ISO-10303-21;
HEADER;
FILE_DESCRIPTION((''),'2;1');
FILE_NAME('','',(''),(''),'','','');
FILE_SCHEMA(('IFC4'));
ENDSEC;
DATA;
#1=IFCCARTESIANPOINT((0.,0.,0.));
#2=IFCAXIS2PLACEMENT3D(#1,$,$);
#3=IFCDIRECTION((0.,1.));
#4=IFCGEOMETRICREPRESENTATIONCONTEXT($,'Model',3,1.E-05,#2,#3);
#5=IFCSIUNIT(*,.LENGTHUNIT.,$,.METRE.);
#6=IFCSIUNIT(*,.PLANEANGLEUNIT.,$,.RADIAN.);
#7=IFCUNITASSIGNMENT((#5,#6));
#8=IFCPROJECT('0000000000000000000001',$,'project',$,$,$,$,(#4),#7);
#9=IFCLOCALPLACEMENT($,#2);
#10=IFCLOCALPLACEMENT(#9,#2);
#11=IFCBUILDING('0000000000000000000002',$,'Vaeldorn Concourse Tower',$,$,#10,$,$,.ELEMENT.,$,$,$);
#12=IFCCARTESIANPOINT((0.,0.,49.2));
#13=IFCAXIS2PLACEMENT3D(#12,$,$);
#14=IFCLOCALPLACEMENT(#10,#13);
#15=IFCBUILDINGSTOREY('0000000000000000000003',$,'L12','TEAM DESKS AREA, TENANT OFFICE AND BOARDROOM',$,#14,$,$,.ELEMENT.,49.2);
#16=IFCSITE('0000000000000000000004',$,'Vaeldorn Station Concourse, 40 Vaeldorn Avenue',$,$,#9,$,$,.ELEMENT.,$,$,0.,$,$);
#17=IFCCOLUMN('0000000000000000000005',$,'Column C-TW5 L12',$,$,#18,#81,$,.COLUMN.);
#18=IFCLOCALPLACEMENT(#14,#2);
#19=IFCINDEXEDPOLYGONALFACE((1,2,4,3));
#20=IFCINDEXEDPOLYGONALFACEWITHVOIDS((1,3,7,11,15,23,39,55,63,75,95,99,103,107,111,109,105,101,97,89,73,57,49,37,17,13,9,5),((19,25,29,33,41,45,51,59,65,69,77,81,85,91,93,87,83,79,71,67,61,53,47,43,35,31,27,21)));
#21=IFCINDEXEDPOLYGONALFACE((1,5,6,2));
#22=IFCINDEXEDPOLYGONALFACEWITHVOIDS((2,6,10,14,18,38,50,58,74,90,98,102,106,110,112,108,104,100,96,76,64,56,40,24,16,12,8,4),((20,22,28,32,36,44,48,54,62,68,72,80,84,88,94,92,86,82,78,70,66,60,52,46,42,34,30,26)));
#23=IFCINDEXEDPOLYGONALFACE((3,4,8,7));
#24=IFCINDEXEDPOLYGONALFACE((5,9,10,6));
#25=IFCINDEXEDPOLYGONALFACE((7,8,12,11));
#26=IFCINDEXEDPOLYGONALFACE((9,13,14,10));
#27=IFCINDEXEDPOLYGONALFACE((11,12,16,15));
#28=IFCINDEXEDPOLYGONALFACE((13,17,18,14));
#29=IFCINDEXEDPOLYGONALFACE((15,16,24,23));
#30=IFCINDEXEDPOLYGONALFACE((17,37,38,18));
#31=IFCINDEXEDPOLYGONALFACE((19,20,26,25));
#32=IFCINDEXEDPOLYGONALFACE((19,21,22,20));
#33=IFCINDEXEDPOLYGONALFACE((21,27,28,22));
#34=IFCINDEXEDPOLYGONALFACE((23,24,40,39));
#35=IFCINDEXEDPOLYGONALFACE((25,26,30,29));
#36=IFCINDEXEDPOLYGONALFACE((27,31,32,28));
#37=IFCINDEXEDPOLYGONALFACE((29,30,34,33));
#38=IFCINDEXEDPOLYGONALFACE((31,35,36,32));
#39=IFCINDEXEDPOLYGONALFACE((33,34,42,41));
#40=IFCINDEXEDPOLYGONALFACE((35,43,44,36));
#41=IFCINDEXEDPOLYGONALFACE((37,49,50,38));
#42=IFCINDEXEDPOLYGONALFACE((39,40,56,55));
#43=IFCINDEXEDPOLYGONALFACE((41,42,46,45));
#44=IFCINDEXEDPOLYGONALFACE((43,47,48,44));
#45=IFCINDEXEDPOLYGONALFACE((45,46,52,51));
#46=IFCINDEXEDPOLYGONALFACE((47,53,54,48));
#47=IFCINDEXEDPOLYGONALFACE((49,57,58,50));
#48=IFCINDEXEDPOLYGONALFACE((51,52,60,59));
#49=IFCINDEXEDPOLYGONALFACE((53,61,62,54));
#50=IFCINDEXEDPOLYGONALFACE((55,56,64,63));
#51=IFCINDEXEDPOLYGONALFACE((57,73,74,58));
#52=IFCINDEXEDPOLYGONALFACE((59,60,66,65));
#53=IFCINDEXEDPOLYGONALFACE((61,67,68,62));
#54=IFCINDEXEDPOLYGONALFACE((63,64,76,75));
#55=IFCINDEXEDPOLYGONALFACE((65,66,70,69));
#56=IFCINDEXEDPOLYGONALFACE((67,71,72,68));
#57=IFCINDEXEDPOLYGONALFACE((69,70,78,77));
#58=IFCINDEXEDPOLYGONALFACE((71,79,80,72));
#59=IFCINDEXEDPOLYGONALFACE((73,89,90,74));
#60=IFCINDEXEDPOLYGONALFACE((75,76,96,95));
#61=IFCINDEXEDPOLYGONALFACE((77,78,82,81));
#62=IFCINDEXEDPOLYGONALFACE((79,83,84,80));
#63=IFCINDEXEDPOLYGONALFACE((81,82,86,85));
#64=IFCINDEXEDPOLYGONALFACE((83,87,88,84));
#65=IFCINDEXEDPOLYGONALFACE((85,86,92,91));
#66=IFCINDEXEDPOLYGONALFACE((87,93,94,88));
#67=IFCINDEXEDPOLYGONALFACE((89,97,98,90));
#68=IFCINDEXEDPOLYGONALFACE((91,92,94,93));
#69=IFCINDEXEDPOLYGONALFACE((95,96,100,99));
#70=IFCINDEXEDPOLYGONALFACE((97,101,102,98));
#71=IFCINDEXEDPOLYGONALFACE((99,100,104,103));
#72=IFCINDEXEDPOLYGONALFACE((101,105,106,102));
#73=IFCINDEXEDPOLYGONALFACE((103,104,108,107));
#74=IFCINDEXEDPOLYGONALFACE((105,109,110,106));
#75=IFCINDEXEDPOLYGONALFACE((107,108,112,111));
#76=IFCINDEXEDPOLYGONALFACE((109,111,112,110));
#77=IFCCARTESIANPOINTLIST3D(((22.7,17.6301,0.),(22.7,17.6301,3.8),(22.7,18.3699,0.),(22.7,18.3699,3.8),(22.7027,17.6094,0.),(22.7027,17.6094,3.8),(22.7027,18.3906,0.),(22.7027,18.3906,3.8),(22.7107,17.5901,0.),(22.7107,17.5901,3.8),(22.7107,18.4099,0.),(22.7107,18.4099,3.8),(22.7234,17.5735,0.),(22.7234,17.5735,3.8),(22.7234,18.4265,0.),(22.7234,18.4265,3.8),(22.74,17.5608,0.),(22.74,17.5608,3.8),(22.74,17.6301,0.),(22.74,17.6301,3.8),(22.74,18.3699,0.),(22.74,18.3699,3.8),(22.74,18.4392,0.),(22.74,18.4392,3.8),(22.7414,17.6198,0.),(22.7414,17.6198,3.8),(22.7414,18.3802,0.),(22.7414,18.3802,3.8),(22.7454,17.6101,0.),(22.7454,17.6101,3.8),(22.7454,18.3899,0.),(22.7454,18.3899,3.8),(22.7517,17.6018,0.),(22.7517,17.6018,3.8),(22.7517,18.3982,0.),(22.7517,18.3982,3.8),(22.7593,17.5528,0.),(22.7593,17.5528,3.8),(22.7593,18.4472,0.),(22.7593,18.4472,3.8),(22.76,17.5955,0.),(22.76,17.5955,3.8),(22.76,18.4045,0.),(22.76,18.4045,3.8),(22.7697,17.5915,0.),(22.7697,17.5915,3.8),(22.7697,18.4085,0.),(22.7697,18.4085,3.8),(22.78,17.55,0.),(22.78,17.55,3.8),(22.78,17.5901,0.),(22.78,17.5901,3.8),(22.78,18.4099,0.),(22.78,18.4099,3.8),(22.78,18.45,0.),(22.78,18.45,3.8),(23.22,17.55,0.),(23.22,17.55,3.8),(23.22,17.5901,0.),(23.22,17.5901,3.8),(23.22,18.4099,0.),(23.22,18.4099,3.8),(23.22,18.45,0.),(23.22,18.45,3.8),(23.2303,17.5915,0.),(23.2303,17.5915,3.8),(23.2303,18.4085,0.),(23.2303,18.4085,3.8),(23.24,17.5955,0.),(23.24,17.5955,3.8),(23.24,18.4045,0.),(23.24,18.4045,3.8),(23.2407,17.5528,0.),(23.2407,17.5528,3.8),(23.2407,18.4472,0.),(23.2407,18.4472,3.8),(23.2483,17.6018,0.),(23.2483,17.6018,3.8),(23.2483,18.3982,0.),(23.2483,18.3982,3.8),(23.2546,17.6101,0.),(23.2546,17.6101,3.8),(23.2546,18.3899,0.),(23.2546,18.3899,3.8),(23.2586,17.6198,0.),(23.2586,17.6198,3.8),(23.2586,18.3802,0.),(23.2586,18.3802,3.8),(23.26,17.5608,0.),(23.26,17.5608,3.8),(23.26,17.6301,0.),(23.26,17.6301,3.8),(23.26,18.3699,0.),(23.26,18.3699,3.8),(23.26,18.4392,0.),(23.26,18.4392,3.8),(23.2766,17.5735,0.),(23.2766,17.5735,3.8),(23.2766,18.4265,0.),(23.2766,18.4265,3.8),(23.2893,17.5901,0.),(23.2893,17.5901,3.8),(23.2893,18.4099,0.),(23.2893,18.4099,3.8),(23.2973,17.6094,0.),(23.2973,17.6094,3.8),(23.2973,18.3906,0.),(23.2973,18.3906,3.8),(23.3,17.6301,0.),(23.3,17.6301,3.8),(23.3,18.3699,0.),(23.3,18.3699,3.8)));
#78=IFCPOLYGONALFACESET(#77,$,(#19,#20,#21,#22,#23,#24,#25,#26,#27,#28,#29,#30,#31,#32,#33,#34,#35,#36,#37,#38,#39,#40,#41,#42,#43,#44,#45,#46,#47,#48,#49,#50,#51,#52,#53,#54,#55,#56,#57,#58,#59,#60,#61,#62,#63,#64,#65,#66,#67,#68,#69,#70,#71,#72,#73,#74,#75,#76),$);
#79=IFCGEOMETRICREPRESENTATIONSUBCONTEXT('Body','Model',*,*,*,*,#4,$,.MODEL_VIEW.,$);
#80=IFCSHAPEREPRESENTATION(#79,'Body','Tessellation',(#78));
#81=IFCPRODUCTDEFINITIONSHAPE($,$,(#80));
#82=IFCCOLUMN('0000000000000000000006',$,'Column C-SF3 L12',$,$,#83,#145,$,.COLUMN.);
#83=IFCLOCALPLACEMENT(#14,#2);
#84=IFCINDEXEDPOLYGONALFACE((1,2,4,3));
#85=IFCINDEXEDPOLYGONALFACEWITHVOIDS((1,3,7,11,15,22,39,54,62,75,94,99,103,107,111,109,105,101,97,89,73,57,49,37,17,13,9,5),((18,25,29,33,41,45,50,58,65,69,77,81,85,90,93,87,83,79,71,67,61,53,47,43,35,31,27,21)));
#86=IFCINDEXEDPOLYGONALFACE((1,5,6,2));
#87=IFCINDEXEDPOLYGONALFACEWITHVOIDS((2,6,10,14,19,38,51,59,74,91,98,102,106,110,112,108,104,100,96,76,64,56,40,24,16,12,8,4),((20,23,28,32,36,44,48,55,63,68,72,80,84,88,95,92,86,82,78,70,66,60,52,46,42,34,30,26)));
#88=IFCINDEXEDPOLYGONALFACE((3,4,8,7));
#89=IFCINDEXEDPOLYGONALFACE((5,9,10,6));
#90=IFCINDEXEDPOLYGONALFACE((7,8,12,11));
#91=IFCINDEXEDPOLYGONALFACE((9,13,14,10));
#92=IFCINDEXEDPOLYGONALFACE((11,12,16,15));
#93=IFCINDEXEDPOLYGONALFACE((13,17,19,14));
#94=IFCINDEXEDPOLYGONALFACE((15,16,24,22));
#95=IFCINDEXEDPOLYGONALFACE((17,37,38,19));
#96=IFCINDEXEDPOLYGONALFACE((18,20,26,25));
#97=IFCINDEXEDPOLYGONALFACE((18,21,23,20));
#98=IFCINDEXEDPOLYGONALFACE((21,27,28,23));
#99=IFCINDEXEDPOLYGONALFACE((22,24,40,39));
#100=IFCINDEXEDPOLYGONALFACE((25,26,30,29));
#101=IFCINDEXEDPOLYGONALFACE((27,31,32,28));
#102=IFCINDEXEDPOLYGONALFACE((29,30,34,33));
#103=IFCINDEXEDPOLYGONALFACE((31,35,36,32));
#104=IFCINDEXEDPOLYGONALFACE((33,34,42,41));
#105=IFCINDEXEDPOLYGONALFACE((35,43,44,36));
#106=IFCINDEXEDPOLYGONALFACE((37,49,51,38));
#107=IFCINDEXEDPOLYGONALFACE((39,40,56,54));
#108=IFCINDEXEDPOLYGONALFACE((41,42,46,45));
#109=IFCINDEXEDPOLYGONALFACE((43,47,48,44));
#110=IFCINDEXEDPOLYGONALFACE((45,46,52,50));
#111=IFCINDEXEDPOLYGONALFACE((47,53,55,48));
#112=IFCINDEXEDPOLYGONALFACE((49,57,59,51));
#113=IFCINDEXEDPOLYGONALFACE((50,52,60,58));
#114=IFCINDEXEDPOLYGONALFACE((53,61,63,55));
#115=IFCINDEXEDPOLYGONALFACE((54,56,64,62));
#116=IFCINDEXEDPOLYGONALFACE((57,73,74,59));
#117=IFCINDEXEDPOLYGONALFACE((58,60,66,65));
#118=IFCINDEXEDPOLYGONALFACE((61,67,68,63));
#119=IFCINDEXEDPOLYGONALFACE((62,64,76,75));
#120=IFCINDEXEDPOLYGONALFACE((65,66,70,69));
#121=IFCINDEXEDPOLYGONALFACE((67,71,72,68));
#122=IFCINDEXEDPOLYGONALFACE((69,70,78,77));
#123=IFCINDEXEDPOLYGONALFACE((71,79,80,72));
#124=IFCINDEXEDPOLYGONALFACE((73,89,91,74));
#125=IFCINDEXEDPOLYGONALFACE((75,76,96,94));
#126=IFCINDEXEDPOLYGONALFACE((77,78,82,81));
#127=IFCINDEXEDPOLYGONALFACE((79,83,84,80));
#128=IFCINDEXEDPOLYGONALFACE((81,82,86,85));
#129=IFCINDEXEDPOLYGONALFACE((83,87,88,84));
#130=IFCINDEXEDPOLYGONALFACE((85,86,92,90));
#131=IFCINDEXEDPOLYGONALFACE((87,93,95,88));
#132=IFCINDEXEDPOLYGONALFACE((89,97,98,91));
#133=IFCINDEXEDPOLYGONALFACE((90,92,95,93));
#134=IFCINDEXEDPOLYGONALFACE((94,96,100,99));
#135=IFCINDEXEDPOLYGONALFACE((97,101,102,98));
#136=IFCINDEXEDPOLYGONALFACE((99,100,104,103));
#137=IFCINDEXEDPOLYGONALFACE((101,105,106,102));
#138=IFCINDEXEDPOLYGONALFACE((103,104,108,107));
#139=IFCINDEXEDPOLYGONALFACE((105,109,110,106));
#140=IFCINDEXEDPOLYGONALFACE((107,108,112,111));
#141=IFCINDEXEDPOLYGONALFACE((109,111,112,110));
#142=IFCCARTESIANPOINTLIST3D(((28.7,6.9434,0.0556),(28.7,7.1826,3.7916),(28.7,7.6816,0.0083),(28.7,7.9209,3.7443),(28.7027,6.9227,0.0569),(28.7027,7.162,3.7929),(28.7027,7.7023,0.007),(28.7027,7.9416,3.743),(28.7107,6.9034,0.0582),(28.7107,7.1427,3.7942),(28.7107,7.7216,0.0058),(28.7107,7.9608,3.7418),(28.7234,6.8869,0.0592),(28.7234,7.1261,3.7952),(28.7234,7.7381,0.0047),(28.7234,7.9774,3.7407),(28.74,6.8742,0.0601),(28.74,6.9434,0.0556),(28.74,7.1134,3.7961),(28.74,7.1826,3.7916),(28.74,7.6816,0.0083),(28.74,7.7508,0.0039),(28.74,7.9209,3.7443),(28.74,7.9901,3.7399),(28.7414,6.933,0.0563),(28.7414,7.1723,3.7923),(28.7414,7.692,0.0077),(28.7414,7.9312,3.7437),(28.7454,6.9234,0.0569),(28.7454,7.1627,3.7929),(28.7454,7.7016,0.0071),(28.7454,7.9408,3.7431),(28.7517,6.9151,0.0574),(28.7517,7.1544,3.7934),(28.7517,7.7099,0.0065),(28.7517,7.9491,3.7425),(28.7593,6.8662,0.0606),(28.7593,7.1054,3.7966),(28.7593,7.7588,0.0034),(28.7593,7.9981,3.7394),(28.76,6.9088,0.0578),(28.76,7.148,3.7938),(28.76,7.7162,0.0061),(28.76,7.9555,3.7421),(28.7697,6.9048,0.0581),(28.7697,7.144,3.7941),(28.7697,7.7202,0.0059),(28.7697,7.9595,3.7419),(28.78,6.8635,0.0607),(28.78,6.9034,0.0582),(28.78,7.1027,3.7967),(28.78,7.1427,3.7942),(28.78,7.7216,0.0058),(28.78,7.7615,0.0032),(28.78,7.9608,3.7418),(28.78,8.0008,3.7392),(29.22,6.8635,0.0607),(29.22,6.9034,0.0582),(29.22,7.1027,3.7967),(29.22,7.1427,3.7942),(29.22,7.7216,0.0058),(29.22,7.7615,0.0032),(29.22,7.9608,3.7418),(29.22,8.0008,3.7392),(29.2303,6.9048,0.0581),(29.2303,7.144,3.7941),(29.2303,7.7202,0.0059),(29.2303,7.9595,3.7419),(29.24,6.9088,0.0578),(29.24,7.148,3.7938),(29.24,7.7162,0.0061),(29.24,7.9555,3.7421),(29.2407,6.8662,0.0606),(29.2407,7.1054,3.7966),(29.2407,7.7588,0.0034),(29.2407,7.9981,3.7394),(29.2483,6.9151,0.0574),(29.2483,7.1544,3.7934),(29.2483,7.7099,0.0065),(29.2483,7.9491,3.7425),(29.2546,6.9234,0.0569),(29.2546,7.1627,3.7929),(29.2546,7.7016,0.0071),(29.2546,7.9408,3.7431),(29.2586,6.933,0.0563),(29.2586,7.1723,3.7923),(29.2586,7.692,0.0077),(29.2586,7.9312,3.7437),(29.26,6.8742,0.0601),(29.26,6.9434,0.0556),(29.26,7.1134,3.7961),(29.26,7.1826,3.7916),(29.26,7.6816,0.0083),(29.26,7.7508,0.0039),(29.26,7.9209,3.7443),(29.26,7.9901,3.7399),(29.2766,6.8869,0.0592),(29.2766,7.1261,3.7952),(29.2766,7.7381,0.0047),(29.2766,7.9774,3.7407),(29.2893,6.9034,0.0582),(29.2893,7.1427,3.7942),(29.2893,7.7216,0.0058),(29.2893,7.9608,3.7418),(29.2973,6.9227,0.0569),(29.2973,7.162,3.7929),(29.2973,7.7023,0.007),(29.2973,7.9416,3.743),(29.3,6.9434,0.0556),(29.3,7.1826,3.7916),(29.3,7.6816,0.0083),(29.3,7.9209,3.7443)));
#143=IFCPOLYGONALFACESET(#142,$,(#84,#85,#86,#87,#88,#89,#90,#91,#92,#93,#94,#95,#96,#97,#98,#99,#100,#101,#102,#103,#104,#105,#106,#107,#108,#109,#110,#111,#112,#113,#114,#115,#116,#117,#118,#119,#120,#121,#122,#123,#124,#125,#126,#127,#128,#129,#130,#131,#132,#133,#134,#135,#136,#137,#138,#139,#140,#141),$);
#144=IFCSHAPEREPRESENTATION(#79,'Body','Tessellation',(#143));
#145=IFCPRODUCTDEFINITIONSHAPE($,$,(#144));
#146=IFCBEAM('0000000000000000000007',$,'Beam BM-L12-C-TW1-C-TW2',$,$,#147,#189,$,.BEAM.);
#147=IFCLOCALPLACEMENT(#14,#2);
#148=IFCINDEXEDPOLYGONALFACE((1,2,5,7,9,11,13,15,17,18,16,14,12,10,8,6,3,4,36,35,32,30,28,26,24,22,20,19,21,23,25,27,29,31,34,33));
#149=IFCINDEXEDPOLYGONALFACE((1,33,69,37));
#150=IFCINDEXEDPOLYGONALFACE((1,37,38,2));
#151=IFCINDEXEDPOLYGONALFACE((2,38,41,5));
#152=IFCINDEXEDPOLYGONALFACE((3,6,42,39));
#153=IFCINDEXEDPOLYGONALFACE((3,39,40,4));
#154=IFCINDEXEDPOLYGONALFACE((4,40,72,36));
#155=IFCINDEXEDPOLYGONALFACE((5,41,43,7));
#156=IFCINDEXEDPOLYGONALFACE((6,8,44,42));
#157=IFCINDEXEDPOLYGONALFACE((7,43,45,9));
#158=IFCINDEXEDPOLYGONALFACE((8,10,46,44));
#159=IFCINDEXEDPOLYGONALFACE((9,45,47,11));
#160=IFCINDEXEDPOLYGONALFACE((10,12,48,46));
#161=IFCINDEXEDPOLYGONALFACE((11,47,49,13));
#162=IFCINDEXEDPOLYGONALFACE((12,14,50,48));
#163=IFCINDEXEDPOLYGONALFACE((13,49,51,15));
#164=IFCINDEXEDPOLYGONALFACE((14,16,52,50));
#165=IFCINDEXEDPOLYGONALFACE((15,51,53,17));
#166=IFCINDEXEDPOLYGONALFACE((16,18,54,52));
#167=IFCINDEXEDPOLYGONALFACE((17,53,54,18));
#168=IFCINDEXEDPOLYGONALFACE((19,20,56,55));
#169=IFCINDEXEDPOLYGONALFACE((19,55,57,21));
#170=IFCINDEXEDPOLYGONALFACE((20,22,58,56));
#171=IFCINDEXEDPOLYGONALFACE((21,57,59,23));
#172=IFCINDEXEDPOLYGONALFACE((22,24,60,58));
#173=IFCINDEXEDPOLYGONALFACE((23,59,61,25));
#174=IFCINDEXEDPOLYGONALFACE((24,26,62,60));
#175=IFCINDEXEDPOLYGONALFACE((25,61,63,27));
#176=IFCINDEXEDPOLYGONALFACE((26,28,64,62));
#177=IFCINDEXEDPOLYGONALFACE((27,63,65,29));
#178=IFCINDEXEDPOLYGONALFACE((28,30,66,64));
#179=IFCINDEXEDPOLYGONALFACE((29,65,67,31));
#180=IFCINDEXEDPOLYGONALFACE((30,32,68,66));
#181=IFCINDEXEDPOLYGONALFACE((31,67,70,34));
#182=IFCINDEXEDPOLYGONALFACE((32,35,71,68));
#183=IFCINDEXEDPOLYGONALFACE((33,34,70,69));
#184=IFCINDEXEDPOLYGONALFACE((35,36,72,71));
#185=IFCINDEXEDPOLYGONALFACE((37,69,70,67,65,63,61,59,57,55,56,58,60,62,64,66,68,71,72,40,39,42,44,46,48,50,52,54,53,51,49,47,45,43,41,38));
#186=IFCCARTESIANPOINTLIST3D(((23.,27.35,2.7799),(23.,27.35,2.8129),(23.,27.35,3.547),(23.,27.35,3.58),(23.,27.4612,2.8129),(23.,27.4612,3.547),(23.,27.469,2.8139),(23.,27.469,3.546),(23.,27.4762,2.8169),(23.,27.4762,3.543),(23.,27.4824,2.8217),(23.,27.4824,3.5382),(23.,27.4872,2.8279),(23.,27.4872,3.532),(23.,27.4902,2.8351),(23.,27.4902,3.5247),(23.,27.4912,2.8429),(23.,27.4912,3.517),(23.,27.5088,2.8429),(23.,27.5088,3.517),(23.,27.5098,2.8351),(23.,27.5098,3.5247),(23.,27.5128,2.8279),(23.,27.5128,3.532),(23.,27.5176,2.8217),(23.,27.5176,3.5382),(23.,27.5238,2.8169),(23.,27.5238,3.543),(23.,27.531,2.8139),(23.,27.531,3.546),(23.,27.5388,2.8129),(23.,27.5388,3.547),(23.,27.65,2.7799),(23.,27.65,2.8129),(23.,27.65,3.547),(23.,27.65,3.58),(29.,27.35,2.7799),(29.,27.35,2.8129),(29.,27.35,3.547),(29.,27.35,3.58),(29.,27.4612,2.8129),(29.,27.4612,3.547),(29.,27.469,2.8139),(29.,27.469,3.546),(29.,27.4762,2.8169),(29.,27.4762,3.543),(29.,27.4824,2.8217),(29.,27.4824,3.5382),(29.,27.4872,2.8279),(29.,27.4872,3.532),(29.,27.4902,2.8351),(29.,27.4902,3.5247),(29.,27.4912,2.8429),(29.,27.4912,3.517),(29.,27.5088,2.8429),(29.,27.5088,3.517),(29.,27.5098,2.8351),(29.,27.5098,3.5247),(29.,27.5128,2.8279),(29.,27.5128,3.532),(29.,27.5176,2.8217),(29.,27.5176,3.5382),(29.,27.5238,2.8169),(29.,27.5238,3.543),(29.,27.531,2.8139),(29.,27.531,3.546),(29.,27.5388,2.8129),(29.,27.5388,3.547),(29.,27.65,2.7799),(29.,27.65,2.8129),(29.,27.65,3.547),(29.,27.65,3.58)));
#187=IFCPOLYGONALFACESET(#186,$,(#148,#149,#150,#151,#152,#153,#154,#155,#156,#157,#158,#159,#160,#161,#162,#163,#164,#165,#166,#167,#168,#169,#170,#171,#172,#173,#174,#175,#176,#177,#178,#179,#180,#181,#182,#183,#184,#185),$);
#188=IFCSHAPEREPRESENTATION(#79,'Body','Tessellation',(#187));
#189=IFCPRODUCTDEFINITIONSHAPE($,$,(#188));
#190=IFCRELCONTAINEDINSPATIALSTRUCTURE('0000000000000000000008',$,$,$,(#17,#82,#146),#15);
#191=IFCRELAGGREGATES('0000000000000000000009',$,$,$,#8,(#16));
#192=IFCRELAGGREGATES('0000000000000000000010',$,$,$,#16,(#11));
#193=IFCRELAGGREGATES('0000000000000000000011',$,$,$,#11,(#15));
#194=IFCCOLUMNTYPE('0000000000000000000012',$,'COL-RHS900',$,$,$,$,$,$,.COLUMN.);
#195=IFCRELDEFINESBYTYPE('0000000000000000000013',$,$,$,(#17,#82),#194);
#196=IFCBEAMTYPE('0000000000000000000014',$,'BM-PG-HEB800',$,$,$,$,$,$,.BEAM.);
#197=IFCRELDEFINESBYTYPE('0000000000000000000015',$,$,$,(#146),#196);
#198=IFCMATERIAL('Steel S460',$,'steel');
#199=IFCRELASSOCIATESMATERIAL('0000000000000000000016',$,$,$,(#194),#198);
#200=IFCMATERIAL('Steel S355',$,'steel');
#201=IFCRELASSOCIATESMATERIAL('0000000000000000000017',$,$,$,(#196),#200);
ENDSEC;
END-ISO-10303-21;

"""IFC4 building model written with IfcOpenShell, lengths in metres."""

from ifc_helpers import new_model, si_unit, direction, frame, origin, origin_2d, place, context, subcontext, project, spatial, hollow_rectangle, i_section, extrude, source, transform, mapped, material, material_profile, profile_set, type_object, element, save


model = new_model("IFC4")

# Units and contexts
model_context = context("Model", 3, precision=1e-05, world=origin(), true_north=direction((0.0, 1.0)))
body_context = subcontext(model_context, "Body", "Model", "MODEL_VIEW")
ifc_project = project(units=[si_unit("LENGTHUNIT", "METRE"), si_unit("PLANEANGLEUNIT", "RADIAN")], contexts=[model_context])

# Site, building, storey
site_placement = place(None, origin())
site = spatial("IfcSite", under=ifc_project, at=site_placement, Name="Vaeldorn Station Concourse, 40 Vaeldorn Avenue", CompositionType="ELEMENT", RefElevation=0.0)
building_placement = place(site_placement, origin())
building = spatial("IfcBuilding", under=site, at=building_placement, Name="Vaeldorn Concourse Tower", CompositionType="ELEMENT")
storey_placement = place(building_placement, frame((0.0, 0.0, 49.2)))
storey = spatial("IfcBuildingStorey", under=building, at=storey_placement, Name="L12", Description="TEAM DESKS AREA, TENANT OFFICE AND BOARDROOM", CompositionType="ELEMENT", Elevation=49.2)

# Columns
ifc_material_1 = material(Name="Steel S460", Category="steel")
ifc_material_profile_1 = material_profile(ifc_material_1, hollow_rectangle(XDim=0.6001, YDim=0.8999, WallThickness=0.04, InnerFilletRadius=0.04, OuterFilletRadius=0.0801, at=origin_2d()), Name="RHS 900x600x40")
ifc_profile_set_1 = profile_set([ifc_material_profile_1], Name="Steel S460")
column_type_1 = type_object("IfcColumnType", Name="COL-RHS900", PredefinedType="COLUMN", material=ifc_profile_set_1)
shared_shape_1 = source(origin(), body_context, "Body", "SweptSolid", [
    extrude(hollow_rectangle(XDim=0.6001, YDim=0.8999, WallThickness=0.04, InnerFilletRadius=0.04, OuterFilletRadius=0.0801, at=origin_2d()), origin(), (0.0, 0.0, 1.0), 3.8),
])
for number, where, z_axis, x_axis, name in (
    (1, (23.0, 18.0, 0.0), (0.0, 0.0, 1.0), (1.0, 0.0, 0.0), "Column C-TW5 L12"),
):
    element("IfcColumn", number, at=place(storey_placement, frame(where, z_axis=z_axis, x_axis=x_axis)), inside=storey, type_object=column_type_1, Name=name, PredefinedType="COLUMN", context=body_context, shape_type="MappedRepresentation", body=[
        mapped(shared_shape_1, transform((0.0, 0.0, 0.0), scale=1.0)),
    ])
shared_shape_2 = source(origin(), body_context, "Body", "SweptSolid", [
    extrude(hollow_rectangle(XDim=0.6001, YDim=0.8999, WallThickness=0.04, InnerFilletRadius=0.04, OuterFilletRadius=0.0801, at=origin_2d()), origin(), (0.0, 0.0, 1.0), 3.7437),
])
column_1_placement = place(storey_placement, frame((29.0, 7.3125, 0.032), z_axis=(0.0, 0.063909, 0.997956), x_axis=(-1.0, 0.0, 0.0)))
element("IfcColumn", 2, at=column_1_placement, inside=storey, type_object=column_type_1, Name="Column C-SF3 L12", PredefinedType="COLUMN", context=body_context, shape_type="MappedRepresentation", body=[
    mapped(shared_shape_2, transform((0.0, 0.0, 0.0), scale=1.0)),
])

# Beam
ifc_material_2 = material(Name="Steel S355", Category="steel")
ifc_material_profile_2 = material_profile(ifc_material_2, i_section(OverallWidth=0.3, OverallDepth=0.8, WebThickness=0.0176, FlangeThickness=0.033, FilletRadius=0.03, at=origin_2d()), Name="HEB 800")
ifc_profile_set_2 = profile_set([ifc_material_profile_2], Name="Steel S355")
beam_type_1 = type_object("IfcBeamType", Name="BM-PG-HEB800", PredefinedType="BEAM", material=ifc_profile_set_2)
shared_shape_3 = source(origin(), body_context, "Body", "SweptSolid", [
    extrude(i_section(OverallWidth=0.3, OverallDepth=0.8, WebThickness=0.0176, FlangeThickness=0.033, FilletRadius=0.03, at=origin_2d()), origin(), (0.0, 0.0, 1.0), 6.0),
])
beam_1_placement = place(storey_placement, frame((23.0, 27.5, 3.1799), z_axis=(1.0, 0.0, 0.0), x_axis=(0.0, 1.0, 0.0)))
element("IfcBeam", 3, at=beam_1_placement, inside=storey, type_object=beam_type_1, Name="Beam BM-L12-C-TW1-C-TW2", PredefinedType="BEAM", context=body_context, shape_type="MappedRepresentation", body=[
    mapped(shared_shape_3, transform((0.0, 0.0, 0.0), scale=1.0)),
])

save(model, "model.ifc")
